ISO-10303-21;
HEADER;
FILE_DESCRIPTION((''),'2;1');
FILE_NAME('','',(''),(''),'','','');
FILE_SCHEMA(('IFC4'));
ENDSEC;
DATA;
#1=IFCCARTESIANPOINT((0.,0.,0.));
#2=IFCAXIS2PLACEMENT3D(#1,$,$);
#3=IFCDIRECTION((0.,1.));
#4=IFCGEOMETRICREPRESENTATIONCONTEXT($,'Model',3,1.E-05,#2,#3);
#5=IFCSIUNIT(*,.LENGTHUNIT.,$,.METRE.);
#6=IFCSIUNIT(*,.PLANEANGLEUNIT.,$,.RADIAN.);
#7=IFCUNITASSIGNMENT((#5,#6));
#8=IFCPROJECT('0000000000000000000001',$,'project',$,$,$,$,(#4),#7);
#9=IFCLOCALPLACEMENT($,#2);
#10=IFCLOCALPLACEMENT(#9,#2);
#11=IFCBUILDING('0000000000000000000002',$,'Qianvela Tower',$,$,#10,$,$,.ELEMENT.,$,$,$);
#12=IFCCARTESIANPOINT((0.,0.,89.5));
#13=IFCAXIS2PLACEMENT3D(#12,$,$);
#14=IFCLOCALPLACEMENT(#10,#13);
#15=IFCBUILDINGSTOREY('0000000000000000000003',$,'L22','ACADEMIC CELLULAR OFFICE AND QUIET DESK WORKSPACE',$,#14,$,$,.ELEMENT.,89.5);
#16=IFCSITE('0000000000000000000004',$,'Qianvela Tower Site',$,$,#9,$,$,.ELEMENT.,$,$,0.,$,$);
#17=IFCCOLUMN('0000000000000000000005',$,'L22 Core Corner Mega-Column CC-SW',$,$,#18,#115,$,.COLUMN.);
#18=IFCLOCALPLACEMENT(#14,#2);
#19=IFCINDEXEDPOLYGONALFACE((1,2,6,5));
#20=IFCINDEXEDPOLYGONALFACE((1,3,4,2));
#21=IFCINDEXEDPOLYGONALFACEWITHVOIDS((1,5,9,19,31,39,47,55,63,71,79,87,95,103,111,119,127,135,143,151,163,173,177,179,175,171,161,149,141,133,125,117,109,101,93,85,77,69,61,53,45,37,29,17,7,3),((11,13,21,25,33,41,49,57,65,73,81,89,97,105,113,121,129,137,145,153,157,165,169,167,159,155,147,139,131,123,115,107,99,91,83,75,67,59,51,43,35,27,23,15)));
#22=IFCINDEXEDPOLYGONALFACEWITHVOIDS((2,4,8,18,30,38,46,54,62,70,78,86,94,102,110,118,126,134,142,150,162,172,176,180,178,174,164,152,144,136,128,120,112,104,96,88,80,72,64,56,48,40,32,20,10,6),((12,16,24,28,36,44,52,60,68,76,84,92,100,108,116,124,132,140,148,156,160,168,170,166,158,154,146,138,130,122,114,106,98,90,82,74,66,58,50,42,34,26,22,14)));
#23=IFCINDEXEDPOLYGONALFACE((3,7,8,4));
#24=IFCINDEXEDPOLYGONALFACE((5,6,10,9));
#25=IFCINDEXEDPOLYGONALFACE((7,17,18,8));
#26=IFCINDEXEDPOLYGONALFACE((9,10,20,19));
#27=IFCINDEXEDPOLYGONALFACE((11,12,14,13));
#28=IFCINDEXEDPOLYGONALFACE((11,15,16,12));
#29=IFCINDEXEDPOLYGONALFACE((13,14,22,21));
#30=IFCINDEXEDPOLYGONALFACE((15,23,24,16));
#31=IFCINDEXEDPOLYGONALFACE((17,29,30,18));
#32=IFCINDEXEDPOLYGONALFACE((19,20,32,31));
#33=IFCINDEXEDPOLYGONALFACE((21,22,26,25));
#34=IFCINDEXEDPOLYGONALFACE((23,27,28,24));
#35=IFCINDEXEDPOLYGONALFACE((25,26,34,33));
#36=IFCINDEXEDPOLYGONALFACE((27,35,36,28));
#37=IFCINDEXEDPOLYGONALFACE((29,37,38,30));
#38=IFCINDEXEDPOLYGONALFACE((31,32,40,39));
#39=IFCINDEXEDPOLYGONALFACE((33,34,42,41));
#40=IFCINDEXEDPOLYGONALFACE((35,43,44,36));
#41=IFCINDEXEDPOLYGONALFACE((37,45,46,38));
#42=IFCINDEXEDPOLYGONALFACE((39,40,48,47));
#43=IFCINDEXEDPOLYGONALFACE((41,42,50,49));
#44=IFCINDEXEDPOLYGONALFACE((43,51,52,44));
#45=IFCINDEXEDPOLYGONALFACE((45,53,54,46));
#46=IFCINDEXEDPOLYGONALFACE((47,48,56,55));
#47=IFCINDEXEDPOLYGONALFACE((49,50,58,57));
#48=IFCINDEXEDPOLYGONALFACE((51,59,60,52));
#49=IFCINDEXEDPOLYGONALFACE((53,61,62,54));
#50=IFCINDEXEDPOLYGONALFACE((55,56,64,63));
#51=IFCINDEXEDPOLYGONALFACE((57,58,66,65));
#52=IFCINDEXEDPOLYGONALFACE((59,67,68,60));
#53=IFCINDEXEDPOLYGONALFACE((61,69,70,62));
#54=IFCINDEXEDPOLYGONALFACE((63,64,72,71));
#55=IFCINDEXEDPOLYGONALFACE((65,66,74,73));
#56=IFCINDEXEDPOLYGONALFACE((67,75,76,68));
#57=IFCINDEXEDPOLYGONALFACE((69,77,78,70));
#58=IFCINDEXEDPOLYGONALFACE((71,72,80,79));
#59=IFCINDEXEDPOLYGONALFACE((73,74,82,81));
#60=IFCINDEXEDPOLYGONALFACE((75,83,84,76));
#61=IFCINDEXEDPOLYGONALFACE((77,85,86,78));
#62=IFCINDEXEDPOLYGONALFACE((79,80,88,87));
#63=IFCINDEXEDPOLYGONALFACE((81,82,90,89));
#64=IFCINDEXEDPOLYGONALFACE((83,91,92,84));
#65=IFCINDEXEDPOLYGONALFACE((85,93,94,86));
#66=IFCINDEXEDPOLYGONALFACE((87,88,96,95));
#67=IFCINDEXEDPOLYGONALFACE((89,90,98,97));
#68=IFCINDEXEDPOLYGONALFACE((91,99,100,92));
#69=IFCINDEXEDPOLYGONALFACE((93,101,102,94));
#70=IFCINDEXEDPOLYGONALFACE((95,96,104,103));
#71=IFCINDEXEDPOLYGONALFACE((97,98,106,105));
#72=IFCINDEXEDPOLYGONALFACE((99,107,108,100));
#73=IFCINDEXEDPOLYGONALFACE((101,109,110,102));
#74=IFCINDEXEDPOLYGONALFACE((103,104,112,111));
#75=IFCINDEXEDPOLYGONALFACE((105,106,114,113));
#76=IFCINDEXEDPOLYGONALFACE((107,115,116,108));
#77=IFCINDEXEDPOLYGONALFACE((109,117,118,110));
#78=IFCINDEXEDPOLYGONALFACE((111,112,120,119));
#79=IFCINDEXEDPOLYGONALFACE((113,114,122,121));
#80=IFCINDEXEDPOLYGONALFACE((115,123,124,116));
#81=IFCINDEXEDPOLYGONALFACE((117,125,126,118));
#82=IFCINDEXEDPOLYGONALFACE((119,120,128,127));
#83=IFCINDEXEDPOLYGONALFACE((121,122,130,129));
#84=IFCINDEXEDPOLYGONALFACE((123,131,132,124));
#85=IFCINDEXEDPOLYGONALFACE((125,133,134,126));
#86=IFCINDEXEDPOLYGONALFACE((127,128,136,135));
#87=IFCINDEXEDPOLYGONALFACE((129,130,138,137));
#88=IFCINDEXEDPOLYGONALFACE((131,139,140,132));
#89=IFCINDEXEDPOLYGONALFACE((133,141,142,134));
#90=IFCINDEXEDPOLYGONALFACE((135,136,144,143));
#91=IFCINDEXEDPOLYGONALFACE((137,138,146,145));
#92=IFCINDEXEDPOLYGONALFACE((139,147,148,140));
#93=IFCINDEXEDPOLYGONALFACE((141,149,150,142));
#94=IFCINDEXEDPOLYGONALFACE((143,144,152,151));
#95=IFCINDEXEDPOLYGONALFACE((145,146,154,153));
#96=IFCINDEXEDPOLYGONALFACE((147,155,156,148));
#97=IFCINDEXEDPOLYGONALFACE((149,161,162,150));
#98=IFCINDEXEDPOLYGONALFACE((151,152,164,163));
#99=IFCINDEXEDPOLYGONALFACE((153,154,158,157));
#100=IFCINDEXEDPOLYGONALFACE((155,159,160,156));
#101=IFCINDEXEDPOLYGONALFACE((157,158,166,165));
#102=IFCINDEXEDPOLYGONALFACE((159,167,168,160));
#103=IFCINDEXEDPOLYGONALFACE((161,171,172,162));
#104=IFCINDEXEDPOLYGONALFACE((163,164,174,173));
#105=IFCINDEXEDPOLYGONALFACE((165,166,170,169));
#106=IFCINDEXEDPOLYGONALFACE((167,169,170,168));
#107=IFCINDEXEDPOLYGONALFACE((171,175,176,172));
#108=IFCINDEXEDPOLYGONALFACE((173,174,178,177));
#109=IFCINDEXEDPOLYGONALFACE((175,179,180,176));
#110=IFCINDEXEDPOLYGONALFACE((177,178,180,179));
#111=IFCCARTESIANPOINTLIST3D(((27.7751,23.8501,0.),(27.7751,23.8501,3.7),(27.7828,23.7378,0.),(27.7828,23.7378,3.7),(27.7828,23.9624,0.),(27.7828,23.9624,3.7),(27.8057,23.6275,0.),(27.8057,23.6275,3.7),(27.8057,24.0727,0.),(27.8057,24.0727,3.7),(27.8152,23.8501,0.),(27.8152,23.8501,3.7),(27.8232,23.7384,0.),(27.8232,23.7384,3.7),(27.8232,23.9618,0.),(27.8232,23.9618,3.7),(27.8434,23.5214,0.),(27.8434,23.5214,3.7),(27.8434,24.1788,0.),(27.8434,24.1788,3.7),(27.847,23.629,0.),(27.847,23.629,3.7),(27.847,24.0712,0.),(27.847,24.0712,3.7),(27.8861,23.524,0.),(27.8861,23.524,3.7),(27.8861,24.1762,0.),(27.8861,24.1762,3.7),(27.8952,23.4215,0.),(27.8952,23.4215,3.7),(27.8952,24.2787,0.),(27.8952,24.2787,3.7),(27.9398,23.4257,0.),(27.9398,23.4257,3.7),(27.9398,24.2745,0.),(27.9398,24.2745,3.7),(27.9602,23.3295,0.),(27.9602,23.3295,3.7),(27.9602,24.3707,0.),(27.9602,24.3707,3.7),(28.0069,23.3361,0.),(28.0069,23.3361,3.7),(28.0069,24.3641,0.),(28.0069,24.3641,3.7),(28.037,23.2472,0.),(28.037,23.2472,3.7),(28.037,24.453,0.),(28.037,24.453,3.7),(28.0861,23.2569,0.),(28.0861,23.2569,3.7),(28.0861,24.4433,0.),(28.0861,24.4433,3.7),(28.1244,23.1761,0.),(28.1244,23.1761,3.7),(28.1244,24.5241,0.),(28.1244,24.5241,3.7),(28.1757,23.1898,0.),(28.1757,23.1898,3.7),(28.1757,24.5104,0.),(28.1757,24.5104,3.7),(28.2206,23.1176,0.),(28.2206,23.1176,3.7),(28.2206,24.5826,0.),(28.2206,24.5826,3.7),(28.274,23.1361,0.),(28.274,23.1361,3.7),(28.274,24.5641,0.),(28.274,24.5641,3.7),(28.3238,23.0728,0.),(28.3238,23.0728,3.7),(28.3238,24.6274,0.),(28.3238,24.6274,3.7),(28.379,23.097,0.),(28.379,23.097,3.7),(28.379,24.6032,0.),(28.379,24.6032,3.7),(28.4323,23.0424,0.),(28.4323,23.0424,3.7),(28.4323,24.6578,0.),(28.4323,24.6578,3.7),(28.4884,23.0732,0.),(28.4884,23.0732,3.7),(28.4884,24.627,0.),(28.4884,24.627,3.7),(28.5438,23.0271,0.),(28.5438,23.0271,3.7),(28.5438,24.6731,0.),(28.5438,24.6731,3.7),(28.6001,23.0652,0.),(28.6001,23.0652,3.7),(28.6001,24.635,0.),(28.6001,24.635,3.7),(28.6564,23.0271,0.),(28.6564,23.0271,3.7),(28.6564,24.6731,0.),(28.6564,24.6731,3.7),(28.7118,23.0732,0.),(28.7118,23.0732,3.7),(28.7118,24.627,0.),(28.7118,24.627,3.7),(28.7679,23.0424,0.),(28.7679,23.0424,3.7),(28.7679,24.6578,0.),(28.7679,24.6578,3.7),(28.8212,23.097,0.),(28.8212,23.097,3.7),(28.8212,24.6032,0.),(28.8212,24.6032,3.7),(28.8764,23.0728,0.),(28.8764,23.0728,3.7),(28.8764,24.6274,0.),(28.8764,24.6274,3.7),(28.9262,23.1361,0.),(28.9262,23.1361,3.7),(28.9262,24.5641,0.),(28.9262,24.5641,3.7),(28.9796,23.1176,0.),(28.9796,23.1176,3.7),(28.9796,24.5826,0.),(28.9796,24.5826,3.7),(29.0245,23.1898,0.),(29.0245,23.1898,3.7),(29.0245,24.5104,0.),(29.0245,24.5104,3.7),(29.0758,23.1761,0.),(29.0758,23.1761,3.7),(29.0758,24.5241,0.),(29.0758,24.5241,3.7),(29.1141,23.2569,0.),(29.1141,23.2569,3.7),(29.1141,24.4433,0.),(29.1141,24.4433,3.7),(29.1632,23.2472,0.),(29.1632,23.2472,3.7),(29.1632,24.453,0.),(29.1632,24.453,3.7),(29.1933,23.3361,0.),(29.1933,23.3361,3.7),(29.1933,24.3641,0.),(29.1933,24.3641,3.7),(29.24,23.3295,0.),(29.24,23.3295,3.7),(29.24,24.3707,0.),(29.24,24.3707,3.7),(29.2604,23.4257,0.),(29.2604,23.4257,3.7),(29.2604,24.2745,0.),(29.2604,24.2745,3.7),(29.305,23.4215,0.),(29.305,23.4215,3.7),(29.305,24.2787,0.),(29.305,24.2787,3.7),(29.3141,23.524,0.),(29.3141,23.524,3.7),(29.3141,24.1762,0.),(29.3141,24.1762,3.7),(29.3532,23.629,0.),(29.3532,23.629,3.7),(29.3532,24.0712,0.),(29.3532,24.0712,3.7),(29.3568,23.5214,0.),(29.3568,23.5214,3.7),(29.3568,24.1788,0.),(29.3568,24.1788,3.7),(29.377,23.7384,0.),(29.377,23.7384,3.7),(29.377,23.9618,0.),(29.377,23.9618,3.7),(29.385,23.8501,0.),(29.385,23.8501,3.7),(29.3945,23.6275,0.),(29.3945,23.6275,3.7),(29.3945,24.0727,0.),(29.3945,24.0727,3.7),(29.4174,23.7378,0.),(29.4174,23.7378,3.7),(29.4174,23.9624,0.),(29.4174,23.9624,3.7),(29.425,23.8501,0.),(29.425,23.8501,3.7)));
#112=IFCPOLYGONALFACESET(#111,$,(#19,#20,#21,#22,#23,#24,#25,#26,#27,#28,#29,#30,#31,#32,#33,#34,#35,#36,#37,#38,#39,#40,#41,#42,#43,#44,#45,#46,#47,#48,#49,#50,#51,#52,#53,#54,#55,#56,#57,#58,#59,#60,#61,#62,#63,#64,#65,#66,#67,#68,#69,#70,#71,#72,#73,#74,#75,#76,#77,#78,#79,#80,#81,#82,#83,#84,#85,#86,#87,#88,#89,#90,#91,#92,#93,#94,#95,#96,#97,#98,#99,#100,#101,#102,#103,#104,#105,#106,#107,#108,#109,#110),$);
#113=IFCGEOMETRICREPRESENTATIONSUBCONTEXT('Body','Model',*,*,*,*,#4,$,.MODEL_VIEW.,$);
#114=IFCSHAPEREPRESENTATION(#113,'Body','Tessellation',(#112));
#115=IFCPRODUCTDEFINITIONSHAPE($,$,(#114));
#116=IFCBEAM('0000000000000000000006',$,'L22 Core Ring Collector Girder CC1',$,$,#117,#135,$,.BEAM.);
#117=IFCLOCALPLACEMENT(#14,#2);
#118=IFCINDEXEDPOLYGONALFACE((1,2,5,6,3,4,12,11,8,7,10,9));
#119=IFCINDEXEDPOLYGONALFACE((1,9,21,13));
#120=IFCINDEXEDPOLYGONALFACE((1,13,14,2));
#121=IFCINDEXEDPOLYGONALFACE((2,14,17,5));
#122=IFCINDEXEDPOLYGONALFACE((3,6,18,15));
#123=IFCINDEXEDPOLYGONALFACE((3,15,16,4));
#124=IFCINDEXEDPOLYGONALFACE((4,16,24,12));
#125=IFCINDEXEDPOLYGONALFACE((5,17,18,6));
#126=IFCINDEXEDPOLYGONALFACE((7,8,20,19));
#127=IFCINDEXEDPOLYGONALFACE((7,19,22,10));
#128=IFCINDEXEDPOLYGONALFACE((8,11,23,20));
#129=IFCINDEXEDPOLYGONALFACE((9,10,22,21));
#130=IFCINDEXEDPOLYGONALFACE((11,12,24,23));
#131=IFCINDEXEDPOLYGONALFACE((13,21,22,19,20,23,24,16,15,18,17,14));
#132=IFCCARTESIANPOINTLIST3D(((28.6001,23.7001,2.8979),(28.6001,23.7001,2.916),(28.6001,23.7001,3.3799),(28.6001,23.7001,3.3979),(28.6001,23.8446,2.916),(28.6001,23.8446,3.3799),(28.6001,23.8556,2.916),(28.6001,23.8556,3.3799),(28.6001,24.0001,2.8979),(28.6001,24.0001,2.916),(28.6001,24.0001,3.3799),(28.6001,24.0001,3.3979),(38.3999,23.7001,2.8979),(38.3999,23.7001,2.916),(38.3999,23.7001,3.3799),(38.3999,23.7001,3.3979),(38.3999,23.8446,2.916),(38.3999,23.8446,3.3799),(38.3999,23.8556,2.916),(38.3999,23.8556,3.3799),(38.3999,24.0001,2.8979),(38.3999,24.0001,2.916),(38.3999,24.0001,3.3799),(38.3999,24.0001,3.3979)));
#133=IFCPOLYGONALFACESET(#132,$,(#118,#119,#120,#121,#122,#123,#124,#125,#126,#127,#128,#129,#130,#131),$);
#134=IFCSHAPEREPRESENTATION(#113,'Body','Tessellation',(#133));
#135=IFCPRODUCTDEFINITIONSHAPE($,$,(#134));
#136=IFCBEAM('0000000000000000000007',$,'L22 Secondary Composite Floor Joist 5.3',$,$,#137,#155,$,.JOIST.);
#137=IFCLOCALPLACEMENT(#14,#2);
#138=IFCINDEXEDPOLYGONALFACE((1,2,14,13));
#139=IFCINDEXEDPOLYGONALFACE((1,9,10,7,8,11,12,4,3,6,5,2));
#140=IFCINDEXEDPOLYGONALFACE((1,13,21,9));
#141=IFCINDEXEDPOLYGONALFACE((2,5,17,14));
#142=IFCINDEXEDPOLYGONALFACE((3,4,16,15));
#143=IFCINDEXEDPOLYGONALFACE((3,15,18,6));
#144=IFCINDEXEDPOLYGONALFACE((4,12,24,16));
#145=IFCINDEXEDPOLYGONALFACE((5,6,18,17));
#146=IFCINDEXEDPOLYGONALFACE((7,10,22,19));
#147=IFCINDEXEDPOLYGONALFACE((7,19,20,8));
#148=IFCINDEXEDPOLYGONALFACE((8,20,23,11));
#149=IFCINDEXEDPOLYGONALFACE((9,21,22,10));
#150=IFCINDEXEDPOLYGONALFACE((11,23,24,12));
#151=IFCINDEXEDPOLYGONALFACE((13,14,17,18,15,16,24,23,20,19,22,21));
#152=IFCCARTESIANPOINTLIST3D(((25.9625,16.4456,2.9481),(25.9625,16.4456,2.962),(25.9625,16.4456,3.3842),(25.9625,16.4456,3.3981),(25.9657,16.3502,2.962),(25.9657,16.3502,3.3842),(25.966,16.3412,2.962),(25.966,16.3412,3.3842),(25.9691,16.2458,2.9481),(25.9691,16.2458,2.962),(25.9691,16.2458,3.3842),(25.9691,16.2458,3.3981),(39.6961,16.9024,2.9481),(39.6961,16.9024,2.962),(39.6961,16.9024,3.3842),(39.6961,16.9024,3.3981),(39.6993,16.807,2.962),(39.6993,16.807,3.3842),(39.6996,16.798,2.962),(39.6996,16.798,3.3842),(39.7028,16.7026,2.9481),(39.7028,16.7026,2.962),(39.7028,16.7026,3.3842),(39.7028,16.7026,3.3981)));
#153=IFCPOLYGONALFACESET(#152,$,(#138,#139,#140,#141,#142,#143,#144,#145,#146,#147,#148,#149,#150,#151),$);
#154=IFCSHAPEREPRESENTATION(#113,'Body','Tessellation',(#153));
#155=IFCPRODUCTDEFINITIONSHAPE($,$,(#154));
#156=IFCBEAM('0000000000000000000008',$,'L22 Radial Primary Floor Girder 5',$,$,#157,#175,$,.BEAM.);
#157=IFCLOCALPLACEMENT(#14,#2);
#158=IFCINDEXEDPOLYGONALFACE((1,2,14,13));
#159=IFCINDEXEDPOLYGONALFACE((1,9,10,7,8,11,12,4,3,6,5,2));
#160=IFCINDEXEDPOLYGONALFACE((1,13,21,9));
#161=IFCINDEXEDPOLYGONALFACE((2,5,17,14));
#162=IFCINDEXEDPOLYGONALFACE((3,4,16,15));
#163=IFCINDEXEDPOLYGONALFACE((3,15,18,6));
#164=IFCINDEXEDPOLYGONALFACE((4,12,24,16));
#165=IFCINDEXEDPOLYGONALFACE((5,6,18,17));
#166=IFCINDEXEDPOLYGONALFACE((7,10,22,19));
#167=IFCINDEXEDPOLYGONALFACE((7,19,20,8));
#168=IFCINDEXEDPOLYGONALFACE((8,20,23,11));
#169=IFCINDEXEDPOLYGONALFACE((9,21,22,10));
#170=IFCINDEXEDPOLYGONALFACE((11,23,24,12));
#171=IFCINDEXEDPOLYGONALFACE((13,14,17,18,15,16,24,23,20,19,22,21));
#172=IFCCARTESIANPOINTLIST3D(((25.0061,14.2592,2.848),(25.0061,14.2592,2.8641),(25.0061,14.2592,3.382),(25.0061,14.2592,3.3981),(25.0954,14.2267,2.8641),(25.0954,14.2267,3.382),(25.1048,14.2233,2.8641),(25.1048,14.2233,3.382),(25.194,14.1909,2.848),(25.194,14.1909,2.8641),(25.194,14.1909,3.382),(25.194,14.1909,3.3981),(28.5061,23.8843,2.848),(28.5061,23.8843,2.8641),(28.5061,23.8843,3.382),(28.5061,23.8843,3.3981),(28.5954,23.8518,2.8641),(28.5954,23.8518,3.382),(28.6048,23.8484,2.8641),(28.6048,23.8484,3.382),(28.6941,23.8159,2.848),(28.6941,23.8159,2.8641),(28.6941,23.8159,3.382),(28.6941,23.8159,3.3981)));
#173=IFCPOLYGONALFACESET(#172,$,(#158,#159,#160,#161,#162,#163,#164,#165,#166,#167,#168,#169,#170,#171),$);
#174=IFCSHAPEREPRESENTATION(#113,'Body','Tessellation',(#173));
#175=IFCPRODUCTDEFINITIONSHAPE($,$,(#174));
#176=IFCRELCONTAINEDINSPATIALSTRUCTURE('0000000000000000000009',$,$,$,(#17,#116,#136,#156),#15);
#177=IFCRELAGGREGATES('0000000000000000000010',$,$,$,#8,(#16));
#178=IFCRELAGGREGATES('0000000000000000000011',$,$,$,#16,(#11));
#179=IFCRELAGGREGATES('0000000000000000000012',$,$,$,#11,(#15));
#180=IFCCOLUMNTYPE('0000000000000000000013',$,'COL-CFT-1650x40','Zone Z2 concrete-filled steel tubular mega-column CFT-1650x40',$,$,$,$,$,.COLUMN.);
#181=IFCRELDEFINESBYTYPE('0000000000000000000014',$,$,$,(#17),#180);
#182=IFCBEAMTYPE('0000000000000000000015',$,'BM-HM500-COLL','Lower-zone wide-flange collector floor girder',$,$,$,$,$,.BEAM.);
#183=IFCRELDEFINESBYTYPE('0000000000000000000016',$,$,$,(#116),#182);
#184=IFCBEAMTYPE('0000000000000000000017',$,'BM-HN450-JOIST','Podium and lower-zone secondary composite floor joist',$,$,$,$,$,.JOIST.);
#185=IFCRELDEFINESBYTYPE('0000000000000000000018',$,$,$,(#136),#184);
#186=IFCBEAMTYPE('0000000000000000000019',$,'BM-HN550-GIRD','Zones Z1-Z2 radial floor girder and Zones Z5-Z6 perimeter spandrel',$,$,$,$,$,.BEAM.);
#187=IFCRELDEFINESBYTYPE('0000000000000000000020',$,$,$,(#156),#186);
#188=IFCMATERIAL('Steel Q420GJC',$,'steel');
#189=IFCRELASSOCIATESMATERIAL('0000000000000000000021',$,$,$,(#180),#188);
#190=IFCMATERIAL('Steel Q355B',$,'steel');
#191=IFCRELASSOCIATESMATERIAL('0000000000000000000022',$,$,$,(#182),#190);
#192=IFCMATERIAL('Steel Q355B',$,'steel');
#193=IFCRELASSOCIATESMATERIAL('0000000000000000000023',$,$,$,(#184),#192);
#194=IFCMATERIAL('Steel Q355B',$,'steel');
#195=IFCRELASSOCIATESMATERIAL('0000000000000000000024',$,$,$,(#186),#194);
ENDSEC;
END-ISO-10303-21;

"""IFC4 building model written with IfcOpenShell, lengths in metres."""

from ifc_helpers import new_model, si_unit, direction, frame, origin, origin_2d, place, context, subcontext, project, spatial, hollow_circle, i_section, extrude, material, material_profile, profile_set, type_object, element, save


model = new_model("IFC4")

# Units and contexts
model_context = context("Model", 3, precision=1e-05, world=origin(), true_north=direction((0.0, 1.0)))
body_context = subcontext(model_context, "Body", "Model", "MODEL_VIEW")
ifc_project = project(units=[si_unit("LENGTHUNIT", "METRE"), si_unit("PLANEANGLEUNIT", "RADIAN")], contexts=[model_context])

# Site, building, storey
site_placement = place(None, origin())
site = spatial("IfcSite", under=ifc_project, at=site_placement, Name="Qianvela Tower Site", CompositionType="ELEMENT", RefElevation=0.0)
building_placement = place(site_placement, origin())
building = spatial("IfcBuilding", under=site, at=building_placement, Name="Qianvela Tower", CompositionType="ELEMENT")
storey_placement = place(building_placement, frame((0.0, 0.0, 89.5)))
storey = spatial("IfcBuildingStorey", under=building, at=storey_placement, Name="L22", Description="ACADEMIC CELLULAR OFFICE AND QUIET DESK WORKSPACE", CompositionType="ELEMENT", Elevation=89.5)

# Column
ifc_material_1 = material(Name="Steel Q420GJC", Category="steel")
ifc_material_profile_1 = material_profile(ifc_material_1, hollow_circle(Radius=0.825, WallThickness=0.04, at=origin_2d()), Name="CFT-1650x40")
ifc_profile_set_1 = profile_set([ifc_material_profile_1], Name="Steel Q420GJC")
column_type = type_object("IfcColumnType", Name="COL-CFT-1650x40", Description="Zone Z2 concrete-filled steel tubular mega-column CFT-1650x40", PredefinedType="COLUMN", material=ifc_profile_set_1)
column_placement = place(storey_placement, frame((28.6001, 23.8501, 0.0), z_axis=(0.0, 0.0, 1.0), x_axis=(1.0, 0.0, 0.0)))
element("IfcColumn", 1, at=column_placement, inside=storey, type_object=column_type, Name="L22 Core Corner Mega-Column CC-SW", PredefinedType="COLUMN", context=body_context, shape_type="SweptSolid", body=[
    extrude(hollow_circle(Radius=0.825, WallThickness=0.04, at=origin_2d()), origin(), (0.0, 0.0, 1.0), 3.7),
])

# Beams
ifc_material_2 = material(Name="Steel Q355B", Category="steel")
ifc_material_profile_2 = material_profile(ifc_material_2, i_section(OverallWidth=0.3, OverallDepth=0.5, WebThickness=0.011, FlangeThickness=0.0181, at=origin_2d()), Name="HM500x300x11x18")
ifc_profile_set_2 = profile_set([ifc_material_profile_2], Name="Steel Q355B")
beam_type_1 = type_object("IfcBeamType", Name="BM-HM500-COLL", Description="Lower-zone wide-flange collector floor girder", PredefinedType="BEAM", material=ifc_profile_set_2)
beam_1_placement = place(storey_placement, frame((28.6001, 23.8501, 3.1479), z_axis=(1.0, 0.0, 0.0), x_axis=(0.0, 1.0, 0.0)))
element("IfcBeam", 2, at=beam_1_placement, inside=storey, type_object=beam_type_1, Name="L22 Core Ring Collector Girder CC1", PredefinedType="BEAM", context=body_context, shape_type="SweptSolid", body=[
    extrude(i_section(OverallWidth=0.3, OverallDepth=0.5, WebThickness=0.011, FlangeThickness=0.0181, at=origin_2d()), origin(), (0.0, 0.0, 1.0), 9.7998),
])
ifc_material_3 = material(Name="Steel Q355B", Category="steel")
ifc_material_profile_3 = material_profile(ifc_material_3, i_section(OverallWidth=0.2, OverallDepth=0.45, WebThickness=0.009, FlangeThickness=0.0139, at=origin_2d()), Name="HN450x200x9x14")
ifc_profile_set_3 = profile_set([ifc_material_profile_3], Name="Steel Q355B")
beam_type_2 = type_object("IfcBeamType", Name="BM-HN450-JOIST", Description="Podium and lower-zone secondary composite floor joist", PredefinedType="JOIST", material=ifc_profile_set_3)
beam_2_placement = place(storey_placement, frame((25.9658, 16.3457, 3.1731), z_axis=(0.999447, 0.033242, 0.0), x_axis=(-0.033242, 0.999447, 0.0)))
element("IfcBeam", 3, at=beam_2_placement, inside=storey, type_object=beam_type_2, Name="L22 Secondary Composite Floor Joist 5.3", PredefinedType="JOIST", context=body_context, shape_type="SweptSolid", body=[
    extrude(i_section(OverallWidth=0.2, OverallDepth=0.45, WebThickness=0.009, FlangeThickness=0.0139, at=origin_2d()), origin(), (0.0, 0.0, 1.0), 13.7412),
])
ifc_material_4 = material(Name="Steel Q355B", Category="steel")
ifc_material_profile_4 = material_profile(ifc_material_4, i_section(OverallWidth=0.2, OverallDepth=0.55, WebThickness=0.01, FlangeThickness=0.0161, at=origin_2d()), Name="HN550x200x10x16")
ifc_profile_set_4 = profile_set([ifc_material_profile_4], Name="Steel Q355B")
beam_type_3 = type_object("IfcBeamType", Name="BM-HN550-GIRD", Description="Zones Z1-Z2 radial floor girder and Zones Z5-Z6 perimeter spandrel", PredefinedType="BEAM", material=ifc_profile_set_4)
beam_3_placement = place(storey_placement, frame((28.6001, 23.8501, 3.123), z_axis=(-0.341743, -0.939793, 0.0), x_axis=(0.939793, -0.341743, 0.0)))
element("IfcBeam", 4, at=beam_3_placement, inside=storey, type_object=beam_type_3, Name="L22 Radial Primary Floor Girder 5", PredefinedType="BEAM", context=body_context, shape_type="SweptSolid", body=[
    extrude(i_section(OverallWidth=0.2, OverallDepth=0.55, WebThickness=0.01, FlangeThickness=0.0161, at=origin_2d()), origin(), (0.0, 0.0, 1.0), 10.2417),
])

save(model, "model.ifc")
